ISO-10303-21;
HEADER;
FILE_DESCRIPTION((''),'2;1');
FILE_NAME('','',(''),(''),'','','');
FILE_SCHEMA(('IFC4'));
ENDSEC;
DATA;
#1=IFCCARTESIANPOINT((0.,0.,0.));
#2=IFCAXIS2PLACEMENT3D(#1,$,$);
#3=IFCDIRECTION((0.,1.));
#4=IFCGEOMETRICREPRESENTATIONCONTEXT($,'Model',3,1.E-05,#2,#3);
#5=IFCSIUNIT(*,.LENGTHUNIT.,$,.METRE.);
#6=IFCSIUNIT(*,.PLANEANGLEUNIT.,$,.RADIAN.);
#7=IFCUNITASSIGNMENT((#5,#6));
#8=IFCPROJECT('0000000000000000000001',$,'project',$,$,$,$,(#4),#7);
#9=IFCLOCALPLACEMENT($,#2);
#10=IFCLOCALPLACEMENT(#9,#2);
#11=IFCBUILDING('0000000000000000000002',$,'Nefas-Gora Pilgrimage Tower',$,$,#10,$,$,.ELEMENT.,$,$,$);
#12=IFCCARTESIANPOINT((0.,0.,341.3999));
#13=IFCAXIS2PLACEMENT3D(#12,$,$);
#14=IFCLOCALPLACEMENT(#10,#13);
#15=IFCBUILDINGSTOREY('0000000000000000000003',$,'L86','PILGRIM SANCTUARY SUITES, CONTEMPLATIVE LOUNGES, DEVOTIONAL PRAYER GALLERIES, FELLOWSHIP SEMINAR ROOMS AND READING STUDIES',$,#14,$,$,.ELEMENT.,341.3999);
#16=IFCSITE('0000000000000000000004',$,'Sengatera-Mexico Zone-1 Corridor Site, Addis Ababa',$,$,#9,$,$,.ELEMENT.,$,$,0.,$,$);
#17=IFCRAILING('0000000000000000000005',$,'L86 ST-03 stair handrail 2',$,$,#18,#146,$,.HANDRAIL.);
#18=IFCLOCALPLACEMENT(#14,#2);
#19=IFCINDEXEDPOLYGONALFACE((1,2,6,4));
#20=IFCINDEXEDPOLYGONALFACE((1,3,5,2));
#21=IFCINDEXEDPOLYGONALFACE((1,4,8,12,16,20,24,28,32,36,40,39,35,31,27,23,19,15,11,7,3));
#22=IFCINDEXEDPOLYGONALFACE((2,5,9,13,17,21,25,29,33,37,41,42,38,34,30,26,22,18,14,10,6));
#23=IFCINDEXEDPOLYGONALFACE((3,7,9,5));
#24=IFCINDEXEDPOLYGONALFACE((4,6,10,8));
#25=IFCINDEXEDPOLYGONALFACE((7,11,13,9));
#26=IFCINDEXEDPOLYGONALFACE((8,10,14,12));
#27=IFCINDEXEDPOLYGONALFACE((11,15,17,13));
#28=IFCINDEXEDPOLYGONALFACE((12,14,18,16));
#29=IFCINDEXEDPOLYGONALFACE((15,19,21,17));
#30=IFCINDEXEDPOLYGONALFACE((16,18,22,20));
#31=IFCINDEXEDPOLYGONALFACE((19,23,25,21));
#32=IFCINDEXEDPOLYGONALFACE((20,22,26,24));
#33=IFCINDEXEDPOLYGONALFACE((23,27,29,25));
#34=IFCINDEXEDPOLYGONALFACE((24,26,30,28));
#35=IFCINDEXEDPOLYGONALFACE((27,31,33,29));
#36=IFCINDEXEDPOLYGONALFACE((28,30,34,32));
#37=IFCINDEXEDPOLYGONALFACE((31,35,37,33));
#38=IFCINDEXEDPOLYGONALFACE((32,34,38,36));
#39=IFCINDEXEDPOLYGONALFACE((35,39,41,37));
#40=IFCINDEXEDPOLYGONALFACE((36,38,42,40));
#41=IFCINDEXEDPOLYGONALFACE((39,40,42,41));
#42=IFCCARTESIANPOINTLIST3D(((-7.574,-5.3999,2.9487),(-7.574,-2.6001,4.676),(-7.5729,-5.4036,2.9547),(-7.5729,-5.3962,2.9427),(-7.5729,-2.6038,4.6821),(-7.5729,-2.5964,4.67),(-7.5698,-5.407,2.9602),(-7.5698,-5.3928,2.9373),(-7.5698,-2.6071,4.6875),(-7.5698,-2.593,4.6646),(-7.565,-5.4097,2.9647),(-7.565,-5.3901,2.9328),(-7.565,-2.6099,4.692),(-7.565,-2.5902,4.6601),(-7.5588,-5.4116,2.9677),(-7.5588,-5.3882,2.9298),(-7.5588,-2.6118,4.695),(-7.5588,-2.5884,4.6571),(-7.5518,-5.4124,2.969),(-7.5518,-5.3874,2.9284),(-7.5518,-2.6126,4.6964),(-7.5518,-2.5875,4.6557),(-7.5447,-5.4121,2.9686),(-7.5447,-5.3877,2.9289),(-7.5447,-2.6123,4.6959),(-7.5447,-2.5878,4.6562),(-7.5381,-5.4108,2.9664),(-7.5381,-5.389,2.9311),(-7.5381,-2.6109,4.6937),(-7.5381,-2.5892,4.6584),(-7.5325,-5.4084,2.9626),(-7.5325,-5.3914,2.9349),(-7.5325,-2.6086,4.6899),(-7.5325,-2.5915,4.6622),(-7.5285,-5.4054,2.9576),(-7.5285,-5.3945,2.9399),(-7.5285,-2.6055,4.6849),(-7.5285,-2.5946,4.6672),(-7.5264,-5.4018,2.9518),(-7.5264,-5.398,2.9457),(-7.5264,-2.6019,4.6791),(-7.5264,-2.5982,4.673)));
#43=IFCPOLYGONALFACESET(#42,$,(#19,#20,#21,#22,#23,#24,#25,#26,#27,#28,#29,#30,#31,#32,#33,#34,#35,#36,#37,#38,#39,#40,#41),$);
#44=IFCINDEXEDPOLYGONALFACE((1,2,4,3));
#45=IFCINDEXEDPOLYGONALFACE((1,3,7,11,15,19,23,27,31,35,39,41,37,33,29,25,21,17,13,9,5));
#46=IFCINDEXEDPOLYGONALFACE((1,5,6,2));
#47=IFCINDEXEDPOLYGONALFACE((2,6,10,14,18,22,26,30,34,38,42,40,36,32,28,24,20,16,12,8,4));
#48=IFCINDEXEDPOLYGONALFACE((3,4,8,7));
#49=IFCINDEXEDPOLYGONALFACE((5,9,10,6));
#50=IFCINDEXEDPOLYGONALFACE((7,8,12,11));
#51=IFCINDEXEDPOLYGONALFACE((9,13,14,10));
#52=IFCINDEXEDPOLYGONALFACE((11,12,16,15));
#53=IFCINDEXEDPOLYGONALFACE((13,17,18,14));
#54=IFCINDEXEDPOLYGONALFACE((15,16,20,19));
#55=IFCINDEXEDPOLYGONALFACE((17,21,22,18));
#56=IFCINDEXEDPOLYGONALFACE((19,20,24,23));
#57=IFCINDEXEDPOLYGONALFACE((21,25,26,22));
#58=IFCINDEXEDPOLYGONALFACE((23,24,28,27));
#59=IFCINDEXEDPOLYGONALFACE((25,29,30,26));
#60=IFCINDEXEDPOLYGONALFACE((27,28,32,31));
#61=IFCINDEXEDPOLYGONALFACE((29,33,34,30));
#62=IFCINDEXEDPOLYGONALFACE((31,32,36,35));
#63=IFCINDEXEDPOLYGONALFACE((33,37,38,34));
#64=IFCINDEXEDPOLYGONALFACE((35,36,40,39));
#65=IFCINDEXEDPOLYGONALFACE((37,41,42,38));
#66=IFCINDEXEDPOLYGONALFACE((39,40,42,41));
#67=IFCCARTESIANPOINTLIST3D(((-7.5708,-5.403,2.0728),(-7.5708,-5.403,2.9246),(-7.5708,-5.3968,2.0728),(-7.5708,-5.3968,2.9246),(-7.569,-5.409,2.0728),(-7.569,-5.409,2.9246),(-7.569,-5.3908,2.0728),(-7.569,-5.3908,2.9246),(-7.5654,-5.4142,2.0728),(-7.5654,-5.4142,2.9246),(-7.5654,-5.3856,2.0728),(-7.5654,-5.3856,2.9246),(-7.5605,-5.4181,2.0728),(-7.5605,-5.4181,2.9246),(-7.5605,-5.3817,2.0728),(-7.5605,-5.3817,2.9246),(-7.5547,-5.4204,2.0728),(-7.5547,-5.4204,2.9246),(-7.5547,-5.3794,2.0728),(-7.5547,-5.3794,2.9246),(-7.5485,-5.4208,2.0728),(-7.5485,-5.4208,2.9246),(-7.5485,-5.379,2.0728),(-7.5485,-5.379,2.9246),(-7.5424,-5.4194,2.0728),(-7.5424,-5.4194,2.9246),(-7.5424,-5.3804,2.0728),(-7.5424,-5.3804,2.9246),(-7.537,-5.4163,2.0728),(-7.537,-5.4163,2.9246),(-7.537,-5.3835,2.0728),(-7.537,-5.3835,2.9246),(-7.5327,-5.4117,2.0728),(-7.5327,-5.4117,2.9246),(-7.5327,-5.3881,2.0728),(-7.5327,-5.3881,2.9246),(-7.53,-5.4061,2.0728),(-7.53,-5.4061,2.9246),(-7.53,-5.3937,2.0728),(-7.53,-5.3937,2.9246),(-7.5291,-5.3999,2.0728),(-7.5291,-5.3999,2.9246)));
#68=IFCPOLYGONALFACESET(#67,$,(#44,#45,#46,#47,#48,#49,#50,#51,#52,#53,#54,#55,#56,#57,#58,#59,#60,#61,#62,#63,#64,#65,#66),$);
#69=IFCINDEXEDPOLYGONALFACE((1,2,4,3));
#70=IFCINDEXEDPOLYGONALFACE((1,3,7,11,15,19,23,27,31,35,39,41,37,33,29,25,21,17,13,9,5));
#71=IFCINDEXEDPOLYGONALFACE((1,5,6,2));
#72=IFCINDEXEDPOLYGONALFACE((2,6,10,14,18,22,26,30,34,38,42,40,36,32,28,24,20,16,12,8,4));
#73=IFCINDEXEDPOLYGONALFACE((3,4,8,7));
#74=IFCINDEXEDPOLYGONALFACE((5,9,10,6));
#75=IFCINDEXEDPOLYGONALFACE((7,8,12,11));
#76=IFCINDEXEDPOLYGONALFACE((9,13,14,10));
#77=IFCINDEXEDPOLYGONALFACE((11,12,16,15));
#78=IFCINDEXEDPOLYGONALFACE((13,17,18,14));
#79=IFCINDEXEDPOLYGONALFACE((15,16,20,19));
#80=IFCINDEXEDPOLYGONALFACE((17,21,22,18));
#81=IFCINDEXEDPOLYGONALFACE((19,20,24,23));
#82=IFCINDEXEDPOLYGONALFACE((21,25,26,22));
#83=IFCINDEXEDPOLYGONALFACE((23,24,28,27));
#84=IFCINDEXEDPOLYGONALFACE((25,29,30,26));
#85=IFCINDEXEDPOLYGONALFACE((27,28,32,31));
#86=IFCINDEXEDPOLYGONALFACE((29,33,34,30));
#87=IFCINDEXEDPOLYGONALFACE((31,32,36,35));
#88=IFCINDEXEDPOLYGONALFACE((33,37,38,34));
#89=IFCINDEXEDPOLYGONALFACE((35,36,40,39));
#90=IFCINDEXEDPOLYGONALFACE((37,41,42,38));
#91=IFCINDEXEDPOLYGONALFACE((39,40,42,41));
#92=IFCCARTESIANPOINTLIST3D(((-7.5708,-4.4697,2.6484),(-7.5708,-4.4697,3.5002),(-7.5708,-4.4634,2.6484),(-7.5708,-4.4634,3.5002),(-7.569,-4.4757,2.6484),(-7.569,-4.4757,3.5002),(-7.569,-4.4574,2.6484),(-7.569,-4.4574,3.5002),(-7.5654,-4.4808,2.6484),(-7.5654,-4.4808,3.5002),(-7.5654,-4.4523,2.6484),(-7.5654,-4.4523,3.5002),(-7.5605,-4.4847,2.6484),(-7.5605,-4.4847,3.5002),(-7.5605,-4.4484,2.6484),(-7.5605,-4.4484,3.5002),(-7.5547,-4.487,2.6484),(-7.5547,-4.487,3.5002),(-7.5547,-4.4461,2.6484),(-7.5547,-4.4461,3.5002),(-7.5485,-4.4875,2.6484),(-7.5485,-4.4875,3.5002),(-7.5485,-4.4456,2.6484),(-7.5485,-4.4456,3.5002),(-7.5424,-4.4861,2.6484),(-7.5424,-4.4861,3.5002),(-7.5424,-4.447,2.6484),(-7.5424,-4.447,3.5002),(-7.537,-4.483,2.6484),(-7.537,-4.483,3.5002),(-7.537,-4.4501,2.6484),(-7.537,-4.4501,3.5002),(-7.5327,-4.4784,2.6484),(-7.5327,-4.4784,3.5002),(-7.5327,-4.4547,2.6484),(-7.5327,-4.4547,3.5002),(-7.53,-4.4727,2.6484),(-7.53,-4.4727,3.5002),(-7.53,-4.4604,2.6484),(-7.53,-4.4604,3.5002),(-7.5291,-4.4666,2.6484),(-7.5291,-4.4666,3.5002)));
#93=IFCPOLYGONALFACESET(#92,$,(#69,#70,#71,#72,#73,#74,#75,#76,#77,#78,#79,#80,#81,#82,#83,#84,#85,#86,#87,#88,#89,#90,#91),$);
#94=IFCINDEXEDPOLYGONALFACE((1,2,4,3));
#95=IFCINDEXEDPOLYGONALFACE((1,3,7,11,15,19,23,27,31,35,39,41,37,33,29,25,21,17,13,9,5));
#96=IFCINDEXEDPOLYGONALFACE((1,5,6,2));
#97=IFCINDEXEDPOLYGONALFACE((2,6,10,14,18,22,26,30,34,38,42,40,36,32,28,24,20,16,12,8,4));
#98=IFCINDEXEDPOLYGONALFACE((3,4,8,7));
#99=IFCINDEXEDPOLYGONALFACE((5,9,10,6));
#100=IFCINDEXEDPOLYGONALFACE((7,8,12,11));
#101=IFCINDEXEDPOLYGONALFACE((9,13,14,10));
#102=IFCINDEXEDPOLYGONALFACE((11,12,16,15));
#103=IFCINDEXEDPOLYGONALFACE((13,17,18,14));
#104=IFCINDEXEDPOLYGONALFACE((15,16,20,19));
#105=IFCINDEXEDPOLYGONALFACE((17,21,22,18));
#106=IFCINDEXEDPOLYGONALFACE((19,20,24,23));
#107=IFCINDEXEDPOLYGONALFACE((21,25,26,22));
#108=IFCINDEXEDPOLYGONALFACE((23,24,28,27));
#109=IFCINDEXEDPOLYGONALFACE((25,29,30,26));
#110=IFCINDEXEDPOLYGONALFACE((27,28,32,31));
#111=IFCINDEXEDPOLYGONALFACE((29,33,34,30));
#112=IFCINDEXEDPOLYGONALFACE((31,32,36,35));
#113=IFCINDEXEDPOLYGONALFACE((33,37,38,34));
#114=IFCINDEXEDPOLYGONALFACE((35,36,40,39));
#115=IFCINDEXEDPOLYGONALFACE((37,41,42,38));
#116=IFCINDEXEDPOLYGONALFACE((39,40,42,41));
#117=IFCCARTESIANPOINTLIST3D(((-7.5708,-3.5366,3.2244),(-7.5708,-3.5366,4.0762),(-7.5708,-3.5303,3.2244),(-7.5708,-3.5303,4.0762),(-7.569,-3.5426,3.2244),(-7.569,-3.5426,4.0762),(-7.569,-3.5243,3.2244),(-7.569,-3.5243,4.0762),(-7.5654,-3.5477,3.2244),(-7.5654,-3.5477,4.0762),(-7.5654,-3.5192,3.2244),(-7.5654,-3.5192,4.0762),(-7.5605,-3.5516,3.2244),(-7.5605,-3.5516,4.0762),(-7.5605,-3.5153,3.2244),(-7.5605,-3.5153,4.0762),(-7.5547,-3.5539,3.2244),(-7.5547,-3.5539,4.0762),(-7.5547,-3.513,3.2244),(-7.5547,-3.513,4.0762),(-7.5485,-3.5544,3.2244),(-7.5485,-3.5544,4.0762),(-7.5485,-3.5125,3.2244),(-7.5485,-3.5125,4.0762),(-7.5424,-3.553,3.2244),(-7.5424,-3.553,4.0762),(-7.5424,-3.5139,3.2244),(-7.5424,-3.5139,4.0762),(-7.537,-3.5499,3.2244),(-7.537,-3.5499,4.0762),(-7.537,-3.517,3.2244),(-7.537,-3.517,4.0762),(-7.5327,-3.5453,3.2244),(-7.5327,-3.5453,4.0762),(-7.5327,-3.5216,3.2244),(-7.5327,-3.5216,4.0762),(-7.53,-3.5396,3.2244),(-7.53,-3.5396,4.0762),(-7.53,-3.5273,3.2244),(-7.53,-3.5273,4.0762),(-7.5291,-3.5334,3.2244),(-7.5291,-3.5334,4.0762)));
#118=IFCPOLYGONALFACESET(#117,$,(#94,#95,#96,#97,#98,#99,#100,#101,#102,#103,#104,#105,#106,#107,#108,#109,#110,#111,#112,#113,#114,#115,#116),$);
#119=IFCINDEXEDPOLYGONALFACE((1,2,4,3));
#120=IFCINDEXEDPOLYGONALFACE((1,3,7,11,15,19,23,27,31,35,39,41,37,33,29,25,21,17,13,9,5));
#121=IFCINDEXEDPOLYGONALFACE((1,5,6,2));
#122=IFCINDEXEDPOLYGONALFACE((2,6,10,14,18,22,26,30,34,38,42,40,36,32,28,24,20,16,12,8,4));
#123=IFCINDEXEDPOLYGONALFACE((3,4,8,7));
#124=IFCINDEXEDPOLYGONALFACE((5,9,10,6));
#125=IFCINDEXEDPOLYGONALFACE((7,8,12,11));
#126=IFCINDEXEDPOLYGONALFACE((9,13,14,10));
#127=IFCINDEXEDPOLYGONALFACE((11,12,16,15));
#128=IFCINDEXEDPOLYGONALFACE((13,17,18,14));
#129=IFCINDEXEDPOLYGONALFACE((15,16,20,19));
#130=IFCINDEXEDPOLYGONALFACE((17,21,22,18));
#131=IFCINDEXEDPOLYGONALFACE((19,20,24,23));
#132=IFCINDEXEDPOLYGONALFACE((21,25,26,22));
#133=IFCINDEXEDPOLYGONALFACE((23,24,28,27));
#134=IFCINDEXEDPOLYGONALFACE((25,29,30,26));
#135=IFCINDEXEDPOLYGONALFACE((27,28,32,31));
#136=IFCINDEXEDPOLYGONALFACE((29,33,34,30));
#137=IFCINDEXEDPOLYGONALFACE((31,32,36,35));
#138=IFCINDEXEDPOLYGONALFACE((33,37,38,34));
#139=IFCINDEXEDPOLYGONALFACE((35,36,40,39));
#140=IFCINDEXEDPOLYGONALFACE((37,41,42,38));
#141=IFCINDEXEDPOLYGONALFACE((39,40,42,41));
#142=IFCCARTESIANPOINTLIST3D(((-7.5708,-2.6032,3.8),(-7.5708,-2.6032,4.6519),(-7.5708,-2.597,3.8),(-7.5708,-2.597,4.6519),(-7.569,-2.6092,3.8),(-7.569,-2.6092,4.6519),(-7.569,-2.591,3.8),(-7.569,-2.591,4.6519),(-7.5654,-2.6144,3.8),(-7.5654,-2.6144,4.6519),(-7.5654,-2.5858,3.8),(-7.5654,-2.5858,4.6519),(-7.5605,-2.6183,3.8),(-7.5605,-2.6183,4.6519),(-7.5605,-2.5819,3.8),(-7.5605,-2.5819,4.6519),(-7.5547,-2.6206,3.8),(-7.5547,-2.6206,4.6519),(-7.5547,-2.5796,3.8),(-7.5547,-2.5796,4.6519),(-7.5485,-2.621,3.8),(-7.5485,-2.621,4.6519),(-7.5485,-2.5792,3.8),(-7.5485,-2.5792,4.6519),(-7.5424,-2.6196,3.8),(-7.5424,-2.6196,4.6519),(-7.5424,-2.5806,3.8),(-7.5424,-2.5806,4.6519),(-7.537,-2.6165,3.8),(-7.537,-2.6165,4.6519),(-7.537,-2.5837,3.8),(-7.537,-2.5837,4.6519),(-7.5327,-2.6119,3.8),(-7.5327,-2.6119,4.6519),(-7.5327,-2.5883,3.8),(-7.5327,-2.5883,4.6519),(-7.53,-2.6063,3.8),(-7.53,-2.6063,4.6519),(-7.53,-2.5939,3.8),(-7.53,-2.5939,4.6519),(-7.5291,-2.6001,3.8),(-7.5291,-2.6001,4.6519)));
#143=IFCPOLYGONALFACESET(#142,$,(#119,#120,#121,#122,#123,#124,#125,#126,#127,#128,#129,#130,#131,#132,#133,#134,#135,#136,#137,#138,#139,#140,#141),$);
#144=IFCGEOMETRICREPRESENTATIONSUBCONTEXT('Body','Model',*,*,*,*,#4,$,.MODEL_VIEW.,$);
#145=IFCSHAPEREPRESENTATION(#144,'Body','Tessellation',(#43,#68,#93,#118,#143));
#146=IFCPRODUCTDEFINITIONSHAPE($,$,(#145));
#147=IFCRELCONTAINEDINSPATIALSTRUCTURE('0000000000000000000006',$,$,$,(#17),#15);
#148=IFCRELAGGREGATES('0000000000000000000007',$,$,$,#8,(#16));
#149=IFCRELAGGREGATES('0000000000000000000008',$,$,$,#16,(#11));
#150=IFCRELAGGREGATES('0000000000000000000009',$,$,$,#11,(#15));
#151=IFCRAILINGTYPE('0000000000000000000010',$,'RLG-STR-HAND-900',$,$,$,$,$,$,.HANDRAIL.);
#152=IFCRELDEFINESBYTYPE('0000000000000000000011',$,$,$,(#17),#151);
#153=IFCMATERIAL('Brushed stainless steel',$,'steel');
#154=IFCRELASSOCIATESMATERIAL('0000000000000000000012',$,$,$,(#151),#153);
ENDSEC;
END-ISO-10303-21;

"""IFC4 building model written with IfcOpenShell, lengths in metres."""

from ifc_helpers import new_model, si_unit, direction, frame, origin, origin_2d, place, context, subcontext, project, spatial, circle, extrude, material, type_object, element, save


model = new_model("IFC4")

# Units and contexts
model_context = context("Model", 3, precision=1e-05, world=origin(), true_north=direction((0.0, 1.0)))
body_context = subcontext(model_context, "Body", "Model", "MODEL_VIEW")
ifc_project = project(units=[si_unit("LENGTHUNIT", "METRE"), si_unit("PLANEANGLEUNIT", "RADIAN")], contexts=[model_context])

# Site, building, storey
site_placement = place(None, origin())
site = spatial("IfcSite", under=ifc_project, at=site_placement, Name="Sengatera-Mexico Zone-1 Corridor Site, Addis Ababa", CompositionType="ELEMENT", RefElevation=0.0)
building_placement = place(site_placement, origin())
building = spatial("IfcBuilding", under=site, at=building_placement, Name="Nefas-Gora Pilgrimage Tower", CompositionType="ELEMENT")
storey_placement = place(building_placement, frame((0.0, 0.0, 341.3999)))
storey = spatial("IfcBuildingStorey", under=building, at=storey_placement, Name="L86", Description="PILGRIM SANCTUARY SUITES, CONTEMPLATIVE LOUNGES, DEVOTIONAL PRAYER GALLERIES, FELLOWSHIP SEMINAR ROOMS AND READING STUDIES", CompositionType="ELEMENT", Elevation=341.3999)

# Railing
ifc_material_1 = material(Name="Brushed stainless steel", Category="steel")
railing_type_1 = type_object("IfcRailingType", Name="RLG-STR-HAND-900", PredefinedType="HANDRAIL", material=ifc_material_1)
railing_1_placement = place(storey_placement, frame((-7.55, -5.3999, 2.0728)))
element("IfcRailing", 1, at=railing_1_placement, inside=storey, type_object=railing_type_1, Name="L86 ST-03 stair handrail 2", PredefinedType="HANDRAIL", context=body_context, shape_type="SweptSolid", body=[
    extrude(circle(Radius=0.0239, at=origin_2d()), frame((0.0, 0.0, 0.876), z_axis=(0.0, 0.851069, 0.525054), x_axis=(-1.0, 0.0, 0.0)), (0.0, 0.0, 1.0), 3.2898),
    extrude(circle(Radius=0.021, at=origin_2d()), origin(), (0.0, 0.0, 1.0), 0.8518),
    extrude(circle(Radius=0.021, at=origin_2d()), frame((0.0, 0.9333, 0.5757)), (0.0, 0.0, 1.0), 0.8518),
    extrude(circle(Radius=0.021, at=origin_2d()), frame((0.0, 1.8665, 1.1516)), (0.0, 0.0, 1.0), 0.8518),
    extrude(circle(Radius=0.021, at=origin_2d()), frame((0.0, 2.7998, 1.7273)), (0.0, 0.0, 1.0), 0.8518),
])

save(model, "model.ifc")
